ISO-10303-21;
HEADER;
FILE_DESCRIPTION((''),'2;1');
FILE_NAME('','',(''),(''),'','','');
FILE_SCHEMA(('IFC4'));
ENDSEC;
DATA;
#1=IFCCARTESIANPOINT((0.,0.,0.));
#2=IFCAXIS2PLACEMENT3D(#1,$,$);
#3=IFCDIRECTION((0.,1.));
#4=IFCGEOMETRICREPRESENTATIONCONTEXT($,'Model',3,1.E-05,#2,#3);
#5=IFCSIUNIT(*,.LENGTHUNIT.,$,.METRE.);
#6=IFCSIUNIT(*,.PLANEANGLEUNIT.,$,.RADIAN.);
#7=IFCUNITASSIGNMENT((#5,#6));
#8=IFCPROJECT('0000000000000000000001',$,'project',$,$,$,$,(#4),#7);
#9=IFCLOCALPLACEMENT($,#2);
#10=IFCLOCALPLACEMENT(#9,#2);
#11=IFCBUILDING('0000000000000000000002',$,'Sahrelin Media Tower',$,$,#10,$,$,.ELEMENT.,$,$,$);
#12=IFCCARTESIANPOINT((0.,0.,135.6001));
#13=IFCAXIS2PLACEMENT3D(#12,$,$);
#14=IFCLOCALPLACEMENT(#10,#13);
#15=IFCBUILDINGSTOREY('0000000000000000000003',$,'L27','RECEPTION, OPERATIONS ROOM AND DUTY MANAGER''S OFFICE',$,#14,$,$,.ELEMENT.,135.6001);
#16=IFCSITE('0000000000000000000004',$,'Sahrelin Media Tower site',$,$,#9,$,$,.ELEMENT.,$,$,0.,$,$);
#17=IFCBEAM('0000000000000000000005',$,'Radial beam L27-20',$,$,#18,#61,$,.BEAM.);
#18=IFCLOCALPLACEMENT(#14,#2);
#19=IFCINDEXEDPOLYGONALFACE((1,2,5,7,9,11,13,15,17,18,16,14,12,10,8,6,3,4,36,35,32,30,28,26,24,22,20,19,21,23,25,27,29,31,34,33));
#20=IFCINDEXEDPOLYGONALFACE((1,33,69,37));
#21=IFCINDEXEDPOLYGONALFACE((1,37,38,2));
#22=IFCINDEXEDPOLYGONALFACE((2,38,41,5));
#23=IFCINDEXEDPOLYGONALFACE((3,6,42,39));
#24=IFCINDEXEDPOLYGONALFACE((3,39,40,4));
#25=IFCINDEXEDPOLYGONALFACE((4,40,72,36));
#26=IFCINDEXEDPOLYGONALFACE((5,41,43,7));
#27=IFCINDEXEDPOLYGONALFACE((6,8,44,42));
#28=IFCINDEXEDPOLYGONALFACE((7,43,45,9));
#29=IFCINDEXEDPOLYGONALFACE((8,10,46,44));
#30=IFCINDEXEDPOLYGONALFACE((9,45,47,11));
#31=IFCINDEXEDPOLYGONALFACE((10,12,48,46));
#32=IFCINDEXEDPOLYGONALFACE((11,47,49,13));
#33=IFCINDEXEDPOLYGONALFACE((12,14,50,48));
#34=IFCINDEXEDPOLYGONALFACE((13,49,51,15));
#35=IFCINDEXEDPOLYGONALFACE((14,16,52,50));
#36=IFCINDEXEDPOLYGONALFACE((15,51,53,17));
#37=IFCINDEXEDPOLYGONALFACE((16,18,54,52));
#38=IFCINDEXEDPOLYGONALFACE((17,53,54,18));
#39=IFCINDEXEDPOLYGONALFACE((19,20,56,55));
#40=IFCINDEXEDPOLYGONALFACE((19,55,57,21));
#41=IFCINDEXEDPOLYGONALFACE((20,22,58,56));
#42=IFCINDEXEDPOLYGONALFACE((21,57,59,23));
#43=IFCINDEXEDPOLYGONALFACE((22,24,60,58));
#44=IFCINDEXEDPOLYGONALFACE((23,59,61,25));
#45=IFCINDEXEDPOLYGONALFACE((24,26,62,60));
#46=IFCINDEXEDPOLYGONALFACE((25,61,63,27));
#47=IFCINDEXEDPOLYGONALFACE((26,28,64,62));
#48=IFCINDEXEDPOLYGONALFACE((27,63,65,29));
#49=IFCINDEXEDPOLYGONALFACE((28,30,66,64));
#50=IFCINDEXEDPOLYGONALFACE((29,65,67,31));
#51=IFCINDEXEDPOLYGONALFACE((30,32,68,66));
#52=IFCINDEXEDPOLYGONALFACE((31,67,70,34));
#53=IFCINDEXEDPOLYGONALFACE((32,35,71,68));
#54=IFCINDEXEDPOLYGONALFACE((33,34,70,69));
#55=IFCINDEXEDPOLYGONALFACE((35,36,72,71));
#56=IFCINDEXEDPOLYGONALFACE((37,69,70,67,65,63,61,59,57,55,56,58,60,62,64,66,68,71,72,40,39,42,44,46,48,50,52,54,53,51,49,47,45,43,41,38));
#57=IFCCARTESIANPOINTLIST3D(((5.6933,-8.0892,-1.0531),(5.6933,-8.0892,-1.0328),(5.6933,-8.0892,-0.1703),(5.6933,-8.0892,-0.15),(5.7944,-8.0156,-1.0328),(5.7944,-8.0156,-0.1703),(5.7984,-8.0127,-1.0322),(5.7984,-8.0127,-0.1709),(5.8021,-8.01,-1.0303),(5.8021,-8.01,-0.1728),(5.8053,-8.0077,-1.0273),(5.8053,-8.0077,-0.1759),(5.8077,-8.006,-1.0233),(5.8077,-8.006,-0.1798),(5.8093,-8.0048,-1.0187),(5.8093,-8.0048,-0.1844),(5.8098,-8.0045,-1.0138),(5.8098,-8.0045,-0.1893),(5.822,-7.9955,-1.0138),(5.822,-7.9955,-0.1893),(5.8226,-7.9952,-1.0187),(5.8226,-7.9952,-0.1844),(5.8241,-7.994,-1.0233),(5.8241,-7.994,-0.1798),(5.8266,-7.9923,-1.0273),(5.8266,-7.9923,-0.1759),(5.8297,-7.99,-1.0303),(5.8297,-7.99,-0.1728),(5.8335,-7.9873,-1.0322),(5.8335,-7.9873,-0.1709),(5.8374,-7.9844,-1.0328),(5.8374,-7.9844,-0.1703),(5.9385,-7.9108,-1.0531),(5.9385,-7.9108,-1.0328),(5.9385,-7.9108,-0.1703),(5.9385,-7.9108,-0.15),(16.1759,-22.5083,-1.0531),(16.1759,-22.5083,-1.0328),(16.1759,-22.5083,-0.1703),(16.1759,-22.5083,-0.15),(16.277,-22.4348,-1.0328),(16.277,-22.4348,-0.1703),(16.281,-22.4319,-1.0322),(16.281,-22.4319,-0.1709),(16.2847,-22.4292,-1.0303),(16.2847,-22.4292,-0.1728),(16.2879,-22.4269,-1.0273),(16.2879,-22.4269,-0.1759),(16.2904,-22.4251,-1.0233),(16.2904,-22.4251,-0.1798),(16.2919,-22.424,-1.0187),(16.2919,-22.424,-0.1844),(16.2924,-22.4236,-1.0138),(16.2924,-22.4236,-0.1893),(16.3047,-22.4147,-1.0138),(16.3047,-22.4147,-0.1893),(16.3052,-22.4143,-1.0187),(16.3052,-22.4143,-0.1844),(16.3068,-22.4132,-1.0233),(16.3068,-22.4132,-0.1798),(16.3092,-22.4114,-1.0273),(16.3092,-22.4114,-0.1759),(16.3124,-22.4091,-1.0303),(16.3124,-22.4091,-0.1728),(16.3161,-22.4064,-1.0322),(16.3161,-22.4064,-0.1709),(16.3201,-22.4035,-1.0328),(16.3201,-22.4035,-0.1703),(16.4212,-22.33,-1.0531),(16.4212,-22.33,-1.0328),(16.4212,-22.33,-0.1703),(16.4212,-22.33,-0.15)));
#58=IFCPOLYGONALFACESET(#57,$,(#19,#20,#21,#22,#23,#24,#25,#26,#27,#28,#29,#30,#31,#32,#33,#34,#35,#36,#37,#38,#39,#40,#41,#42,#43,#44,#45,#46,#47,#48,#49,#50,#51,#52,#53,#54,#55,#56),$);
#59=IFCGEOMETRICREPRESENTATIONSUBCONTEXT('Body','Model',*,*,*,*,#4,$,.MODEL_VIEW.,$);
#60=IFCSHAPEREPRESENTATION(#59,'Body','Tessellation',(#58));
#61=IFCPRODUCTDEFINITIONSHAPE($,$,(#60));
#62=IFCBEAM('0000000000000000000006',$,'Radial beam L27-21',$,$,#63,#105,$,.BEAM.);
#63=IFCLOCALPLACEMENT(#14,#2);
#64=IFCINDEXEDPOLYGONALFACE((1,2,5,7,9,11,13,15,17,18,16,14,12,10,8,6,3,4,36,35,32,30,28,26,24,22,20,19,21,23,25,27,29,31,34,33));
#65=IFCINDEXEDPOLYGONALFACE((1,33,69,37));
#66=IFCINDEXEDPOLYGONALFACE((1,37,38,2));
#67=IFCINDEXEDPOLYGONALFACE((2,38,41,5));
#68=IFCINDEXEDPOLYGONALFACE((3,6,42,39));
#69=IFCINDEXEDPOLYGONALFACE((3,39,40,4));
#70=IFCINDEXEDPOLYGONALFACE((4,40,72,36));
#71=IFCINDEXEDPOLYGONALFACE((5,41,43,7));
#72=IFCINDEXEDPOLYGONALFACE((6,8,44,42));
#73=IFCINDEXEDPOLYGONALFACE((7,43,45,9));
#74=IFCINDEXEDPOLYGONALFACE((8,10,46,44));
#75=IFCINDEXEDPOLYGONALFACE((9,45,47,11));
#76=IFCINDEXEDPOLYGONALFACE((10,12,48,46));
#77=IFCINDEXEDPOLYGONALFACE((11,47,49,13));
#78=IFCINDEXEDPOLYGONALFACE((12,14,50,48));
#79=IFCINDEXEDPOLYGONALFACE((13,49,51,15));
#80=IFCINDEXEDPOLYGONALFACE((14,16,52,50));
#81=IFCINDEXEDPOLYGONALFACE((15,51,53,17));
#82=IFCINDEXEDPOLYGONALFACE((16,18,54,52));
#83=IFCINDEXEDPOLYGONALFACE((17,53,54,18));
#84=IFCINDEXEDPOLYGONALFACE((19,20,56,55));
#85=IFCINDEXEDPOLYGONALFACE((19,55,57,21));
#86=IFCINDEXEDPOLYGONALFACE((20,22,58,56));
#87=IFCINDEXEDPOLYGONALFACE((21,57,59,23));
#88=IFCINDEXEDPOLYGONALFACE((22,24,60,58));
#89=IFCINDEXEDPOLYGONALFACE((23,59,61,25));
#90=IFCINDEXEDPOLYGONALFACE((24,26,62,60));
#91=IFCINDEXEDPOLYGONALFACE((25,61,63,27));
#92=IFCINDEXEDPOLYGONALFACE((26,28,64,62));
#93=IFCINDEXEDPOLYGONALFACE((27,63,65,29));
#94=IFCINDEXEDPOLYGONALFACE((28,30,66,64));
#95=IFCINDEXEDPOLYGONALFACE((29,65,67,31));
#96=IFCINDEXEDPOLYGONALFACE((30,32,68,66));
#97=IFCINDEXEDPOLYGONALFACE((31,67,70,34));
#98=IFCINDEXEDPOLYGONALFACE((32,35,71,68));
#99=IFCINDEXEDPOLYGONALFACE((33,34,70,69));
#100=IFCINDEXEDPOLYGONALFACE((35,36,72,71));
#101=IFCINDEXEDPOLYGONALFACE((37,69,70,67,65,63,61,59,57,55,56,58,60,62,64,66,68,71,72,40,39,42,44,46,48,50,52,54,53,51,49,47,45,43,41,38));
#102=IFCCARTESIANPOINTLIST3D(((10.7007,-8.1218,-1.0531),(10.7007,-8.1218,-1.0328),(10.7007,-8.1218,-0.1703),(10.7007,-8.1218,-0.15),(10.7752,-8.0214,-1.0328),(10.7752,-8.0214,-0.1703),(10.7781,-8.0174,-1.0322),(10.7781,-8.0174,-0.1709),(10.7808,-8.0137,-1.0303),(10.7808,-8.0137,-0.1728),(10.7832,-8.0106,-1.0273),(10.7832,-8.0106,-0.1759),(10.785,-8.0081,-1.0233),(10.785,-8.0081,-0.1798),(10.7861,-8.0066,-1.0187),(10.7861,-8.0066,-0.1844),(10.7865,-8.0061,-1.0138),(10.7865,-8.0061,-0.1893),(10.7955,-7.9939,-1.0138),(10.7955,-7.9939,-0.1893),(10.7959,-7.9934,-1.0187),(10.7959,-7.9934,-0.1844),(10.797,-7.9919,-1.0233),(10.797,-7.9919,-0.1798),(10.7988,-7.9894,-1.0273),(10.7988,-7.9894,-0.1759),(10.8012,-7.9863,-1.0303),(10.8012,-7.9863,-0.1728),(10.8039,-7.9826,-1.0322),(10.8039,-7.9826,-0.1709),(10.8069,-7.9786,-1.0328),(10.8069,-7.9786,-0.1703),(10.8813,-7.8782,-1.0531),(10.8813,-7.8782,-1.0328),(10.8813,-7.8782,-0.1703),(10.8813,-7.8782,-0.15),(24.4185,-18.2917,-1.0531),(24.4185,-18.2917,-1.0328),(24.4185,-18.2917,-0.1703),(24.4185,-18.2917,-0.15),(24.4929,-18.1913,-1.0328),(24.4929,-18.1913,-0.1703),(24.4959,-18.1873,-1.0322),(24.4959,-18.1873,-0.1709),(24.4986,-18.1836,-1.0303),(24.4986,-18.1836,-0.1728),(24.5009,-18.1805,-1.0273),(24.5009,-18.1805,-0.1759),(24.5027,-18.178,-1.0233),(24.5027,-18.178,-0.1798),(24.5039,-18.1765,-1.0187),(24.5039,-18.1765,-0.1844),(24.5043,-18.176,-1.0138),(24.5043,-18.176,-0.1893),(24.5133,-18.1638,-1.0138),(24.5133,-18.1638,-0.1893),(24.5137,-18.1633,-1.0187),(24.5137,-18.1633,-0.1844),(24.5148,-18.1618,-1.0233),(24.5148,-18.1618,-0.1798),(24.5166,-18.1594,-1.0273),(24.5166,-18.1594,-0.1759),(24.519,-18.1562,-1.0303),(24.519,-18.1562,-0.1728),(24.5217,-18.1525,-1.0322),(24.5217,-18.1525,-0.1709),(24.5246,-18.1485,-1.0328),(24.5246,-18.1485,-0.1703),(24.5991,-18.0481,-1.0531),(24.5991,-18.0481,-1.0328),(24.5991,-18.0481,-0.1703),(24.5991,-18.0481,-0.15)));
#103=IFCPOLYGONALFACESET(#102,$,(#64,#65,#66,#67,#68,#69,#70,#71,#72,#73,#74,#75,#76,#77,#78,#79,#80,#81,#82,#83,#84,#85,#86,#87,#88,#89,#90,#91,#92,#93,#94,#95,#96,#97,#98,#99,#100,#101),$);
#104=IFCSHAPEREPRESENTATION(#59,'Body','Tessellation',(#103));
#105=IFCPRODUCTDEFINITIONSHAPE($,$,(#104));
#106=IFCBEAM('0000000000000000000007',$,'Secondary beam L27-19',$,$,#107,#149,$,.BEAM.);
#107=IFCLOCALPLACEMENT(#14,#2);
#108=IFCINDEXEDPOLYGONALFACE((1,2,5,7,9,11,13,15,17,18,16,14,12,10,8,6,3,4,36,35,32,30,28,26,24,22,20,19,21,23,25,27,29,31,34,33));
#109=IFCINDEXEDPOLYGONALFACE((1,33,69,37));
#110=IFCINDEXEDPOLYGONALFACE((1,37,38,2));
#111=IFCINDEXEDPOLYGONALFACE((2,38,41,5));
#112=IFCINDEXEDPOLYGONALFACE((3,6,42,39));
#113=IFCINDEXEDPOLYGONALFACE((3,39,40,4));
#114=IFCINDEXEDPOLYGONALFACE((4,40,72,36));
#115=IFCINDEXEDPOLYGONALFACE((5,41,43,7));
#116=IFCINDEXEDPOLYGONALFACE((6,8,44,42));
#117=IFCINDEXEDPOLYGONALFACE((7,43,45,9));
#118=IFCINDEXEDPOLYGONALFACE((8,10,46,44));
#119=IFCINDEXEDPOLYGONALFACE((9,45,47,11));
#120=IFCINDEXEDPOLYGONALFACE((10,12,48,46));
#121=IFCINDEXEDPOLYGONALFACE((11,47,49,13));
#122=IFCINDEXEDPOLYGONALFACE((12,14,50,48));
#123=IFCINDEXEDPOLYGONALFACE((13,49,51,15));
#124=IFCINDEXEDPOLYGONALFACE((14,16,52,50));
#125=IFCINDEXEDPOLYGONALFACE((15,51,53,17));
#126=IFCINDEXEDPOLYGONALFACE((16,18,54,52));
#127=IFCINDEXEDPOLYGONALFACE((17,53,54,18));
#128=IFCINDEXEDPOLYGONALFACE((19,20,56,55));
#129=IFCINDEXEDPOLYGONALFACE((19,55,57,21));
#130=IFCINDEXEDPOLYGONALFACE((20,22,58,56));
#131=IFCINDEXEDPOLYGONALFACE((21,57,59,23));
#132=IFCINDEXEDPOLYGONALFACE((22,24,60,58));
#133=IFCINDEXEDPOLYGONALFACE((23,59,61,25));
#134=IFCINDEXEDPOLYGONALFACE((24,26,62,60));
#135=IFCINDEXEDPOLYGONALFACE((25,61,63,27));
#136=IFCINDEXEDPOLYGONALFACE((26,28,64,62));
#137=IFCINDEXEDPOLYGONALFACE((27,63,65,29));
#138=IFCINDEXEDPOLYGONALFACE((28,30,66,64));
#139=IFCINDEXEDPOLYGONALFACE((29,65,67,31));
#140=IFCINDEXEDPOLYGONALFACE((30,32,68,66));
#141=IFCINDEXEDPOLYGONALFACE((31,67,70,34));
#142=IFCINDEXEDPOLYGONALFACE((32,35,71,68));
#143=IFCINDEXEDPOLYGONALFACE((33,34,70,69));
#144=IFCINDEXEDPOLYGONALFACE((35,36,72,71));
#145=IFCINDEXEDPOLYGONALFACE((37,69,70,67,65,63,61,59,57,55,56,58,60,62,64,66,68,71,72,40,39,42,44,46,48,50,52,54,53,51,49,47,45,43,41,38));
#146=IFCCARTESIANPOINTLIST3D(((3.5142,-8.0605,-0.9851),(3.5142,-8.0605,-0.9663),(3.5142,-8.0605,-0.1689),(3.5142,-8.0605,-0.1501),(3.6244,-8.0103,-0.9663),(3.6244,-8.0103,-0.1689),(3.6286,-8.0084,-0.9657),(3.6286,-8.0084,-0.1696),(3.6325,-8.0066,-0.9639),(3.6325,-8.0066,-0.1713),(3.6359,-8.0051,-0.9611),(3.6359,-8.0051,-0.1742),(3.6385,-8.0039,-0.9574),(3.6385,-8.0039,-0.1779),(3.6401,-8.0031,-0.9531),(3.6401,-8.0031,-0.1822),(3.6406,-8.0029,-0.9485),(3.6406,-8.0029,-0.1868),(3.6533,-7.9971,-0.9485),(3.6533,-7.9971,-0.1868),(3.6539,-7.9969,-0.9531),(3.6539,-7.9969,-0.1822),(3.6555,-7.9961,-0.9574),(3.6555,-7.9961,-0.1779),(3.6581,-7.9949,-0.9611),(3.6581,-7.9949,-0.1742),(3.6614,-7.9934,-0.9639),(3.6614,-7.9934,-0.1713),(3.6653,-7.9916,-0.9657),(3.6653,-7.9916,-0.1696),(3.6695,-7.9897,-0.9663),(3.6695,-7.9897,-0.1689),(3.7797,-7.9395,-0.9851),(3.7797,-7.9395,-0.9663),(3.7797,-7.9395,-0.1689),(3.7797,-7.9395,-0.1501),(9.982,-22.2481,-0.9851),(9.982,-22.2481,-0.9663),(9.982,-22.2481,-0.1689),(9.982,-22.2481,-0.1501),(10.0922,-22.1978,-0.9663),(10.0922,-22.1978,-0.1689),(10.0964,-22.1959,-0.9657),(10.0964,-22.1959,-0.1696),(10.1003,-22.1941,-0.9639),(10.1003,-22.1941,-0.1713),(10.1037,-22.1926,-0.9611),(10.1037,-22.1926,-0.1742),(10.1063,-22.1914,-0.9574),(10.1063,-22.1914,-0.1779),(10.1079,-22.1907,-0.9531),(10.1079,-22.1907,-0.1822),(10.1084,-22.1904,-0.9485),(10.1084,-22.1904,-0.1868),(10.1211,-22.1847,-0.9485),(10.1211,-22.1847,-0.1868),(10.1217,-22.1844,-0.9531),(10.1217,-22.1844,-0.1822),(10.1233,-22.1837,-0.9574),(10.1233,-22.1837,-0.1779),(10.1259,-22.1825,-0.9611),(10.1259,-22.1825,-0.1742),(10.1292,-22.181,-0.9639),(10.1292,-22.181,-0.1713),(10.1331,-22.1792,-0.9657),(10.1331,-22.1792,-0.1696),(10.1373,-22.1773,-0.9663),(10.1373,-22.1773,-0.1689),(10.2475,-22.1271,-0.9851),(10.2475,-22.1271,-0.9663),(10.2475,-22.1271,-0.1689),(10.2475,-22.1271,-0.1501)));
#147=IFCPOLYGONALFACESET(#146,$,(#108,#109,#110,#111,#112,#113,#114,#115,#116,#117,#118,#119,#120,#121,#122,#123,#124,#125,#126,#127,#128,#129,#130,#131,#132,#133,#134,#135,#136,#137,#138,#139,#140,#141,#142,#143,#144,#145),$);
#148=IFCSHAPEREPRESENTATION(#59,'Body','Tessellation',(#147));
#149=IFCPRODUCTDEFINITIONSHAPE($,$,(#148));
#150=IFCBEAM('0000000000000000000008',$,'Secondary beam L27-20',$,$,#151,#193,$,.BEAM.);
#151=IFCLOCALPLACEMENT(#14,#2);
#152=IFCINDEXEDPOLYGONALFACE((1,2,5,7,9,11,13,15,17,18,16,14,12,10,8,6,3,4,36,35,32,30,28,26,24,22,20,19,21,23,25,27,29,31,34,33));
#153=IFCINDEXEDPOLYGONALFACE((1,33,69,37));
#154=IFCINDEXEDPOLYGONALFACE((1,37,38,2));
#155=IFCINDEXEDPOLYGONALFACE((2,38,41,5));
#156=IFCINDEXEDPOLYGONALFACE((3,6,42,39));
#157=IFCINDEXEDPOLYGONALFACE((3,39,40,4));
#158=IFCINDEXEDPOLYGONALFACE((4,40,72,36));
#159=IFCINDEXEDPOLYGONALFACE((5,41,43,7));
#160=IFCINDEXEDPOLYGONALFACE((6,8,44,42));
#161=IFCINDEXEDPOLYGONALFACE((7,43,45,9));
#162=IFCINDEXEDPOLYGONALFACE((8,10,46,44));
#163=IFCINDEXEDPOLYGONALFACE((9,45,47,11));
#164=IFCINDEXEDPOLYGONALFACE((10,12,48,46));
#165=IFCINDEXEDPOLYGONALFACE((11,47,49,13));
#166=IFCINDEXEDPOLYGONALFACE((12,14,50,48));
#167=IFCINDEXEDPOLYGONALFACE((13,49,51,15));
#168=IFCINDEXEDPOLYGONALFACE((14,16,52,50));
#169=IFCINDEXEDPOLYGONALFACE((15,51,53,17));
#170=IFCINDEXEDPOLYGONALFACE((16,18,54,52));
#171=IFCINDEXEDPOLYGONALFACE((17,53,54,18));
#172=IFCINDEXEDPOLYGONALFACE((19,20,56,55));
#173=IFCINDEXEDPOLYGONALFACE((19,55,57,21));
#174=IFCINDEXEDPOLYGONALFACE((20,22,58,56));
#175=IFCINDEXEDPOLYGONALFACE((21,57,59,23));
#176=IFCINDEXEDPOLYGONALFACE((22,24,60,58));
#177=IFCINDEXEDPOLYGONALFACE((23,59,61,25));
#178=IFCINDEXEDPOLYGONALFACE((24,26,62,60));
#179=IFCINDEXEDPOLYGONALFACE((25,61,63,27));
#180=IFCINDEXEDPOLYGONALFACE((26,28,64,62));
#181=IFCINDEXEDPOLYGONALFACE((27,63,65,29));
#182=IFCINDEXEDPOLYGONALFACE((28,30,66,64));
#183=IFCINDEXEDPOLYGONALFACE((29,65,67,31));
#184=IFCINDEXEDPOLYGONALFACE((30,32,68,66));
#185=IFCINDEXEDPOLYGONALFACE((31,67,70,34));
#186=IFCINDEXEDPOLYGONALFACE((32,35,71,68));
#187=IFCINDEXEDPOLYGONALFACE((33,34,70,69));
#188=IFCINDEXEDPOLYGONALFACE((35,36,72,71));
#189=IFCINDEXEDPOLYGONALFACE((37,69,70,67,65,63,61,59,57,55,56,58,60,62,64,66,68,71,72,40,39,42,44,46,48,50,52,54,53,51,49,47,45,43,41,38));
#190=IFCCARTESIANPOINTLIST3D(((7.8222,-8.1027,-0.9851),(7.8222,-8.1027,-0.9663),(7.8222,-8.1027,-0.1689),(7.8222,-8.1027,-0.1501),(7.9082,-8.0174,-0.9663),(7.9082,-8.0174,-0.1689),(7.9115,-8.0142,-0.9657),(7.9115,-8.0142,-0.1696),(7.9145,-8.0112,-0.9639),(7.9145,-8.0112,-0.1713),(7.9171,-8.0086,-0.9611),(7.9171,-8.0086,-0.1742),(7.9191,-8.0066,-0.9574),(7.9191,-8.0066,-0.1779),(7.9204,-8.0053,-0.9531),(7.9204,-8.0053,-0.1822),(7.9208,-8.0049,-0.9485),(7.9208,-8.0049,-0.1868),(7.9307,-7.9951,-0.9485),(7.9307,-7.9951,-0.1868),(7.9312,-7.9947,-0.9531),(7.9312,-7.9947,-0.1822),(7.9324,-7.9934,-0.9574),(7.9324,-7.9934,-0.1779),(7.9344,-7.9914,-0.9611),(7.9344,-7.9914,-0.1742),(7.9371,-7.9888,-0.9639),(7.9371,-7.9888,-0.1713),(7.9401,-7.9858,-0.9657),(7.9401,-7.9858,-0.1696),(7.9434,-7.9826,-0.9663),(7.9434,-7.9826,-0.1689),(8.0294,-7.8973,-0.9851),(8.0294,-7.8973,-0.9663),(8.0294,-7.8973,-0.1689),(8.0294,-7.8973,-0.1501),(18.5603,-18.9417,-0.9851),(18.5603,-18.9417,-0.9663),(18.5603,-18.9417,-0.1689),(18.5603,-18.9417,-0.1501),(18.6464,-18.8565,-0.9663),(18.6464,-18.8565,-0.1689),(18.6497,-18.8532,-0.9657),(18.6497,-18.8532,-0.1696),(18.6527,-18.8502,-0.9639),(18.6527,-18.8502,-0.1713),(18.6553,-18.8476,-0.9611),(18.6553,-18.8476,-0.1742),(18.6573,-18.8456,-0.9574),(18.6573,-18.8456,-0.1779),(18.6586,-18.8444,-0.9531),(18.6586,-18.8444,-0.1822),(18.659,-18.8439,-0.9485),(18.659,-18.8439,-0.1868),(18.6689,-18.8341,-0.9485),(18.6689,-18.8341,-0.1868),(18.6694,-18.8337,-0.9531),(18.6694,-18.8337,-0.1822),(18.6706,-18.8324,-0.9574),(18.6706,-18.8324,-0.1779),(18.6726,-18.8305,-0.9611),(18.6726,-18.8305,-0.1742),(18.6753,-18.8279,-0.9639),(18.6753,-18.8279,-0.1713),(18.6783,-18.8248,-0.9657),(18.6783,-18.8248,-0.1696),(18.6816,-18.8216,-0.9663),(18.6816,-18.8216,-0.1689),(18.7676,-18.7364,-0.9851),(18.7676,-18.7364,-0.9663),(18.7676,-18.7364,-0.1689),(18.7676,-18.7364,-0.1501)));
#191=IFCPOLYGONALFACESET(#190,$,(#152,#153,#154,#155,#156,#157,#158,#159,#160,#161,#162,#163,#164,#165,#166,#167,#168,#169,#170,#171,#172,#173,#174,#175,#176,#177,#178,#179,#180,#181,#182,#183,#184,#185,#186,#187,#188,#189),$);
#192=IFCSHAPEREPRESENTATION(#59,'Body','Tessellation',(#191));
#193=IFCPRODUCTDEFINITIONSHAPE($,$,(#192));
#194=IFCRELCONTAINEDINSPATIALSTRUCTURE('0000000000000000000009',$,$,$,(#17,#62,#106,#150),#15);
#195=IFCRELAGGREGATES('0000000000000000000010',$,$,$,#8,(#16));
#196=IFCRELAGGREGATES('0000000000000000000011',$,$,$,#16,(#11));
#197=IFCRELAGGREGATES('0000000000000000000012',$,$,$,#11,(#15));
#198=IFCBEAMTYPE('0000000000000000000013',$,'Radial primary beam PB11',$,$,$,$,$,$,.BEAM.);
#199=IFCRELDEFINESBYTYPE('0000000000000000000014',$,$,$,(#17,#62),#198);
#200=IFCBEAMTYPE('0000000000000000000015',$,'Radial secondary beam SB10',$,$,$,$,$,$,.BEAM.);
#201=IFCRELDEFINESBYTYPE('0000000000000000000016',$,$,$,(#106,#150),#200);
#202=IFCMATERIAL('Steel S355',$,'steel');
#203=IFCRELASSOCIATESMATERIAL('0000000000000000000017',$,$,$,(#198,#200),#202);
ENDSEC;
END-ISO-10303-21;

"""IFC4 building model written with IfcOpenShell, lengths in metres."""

from ifc_helpers import new_model, si_unit, direction, frame, origin, origin_2d, place, context, subcontext, project, spatial, i_section, extrude, material, material_profile, profile_set, type_object, element, save


model = new_model("IFC4")

# Units and contexts
model_context = context("Model", 3, precision=1e-05, world=origin(), true_north=direction((0.0, 1.0)))
body_context = subcontext(model_context, "Body", "Model", "MODEL_VIEW")
ifc_project = project(units=[si_unit("LENGTHUNIT", "METRE"), si_unit("PLANEANGLEUNIT", "RADIAN")], contexts=[model_context])

# Site, building, storey
site_placement = place(None, origin())
site = spatial("IfcSite", under=ifc_project, at=site_placement, Name="Sahrelin Media Tower site", CompositionType="ELEMENT", RefElevation=0.0)
building_placement = place(site_placement, origin())
building = spatial("IfcBuilding", under=site, at=building_placement, Name="Sahrelin Media Tower", CompositionType="ELEMENT")
storey_placement = place(building_placement, frame((0.0, 0.0, 135.6001)))
storey = spatial("IfcBuildingStorey", under=building, at=storey_placement, Name="L27", Description="RECEPTION, OPERATIONS ROOM AND DUTY MANAGER'S OFFICE", CompositionType="ELEMENT", Elevation=135.6001)

# Shared definitions
ifc_material_1 = material(Name="Steel S355", Category="steel")

# Beams
ifc_material_profile_1 = material_profile(ifc_material_1, i_section(OverallWidth=0.3032, OverallDepth=0.9031, WebThickness=0.0151, FlangeThickness=0.0203, FilletRadius=0.019, at=origin_2d()), Name="UB 914x305x201")
ifc_profile_set_1 = profile_set([ifc_material_profile_1], Name="Steel S355")
beam_type_1 = type_object("IfcBeamType", Name="Radial primary beam PB11", PredefinedType="BEAM", material=ifc_profile_set_1)
beam_1_placement = place(storey_placement, frame((5.8159, -8.0, -0.6016), z_axis=(0.588024, -0.808843, 0.0), x_axis=(0.808843, 0.588024, 0.0)))
element("IfcBeam", 1, at=beam_1_placement, inside=storey, type_object=beam_type_1, Name="Radial beam L27-20", PredefinedType="BEAM", context=body_context, shape_type="SweptSolid", body=[
    extrude(i_section(OverallWidth=0.3032, OverallDepth=0.9031, WebThickness=0.0151, FlangeThickness=0.0203, FilletRadius=0.019, at=origin_2d()), origin(), (0.0, 0.0, 1.0), 17.8269),
])
beam_2_placement = place(storey_placement, frame((10.791, -8.0, -0.6016), z_axis=(0.803316, -0.595553, 0.0), x_axis=(0.595553, 0.803316, 0.0)))
element("IfcBeam", 2, at=beam_2_placement, inside=storey, type_object=beam_type_1, Name="Radial beam L27-21", PredefinedType="BEAM", context=body_context, shape_type="SweptSolid", body=[
    extrude(i_section(OverallWidth=0.3032, OverallDepth=0.9031, WebThickness=0.0151, FlangeThickness=0.0203, FilletRadius=0.019, at=origin_2d()), origin(), (0.0, 0.0, 1.0), 17.0764),
])
ifc_material_profile_2 = material_profile(ifc_material_1, i_section(OverallWidth=0.2917, OverallDepth=0.835, WebThickness=0.0139, FlangeThickness=0.0188, FilletRadius=0.0178, at=origin_2d()), Name="UB 838x292x176")
ifc_profile_set_2 = profile_set([ifc_material_profile_2], Name="Steel S355")
beam_type_2 = type_object("IfcBeamType", Name="Radial secondary beam SB10", PredefinedType="BEAM", material=ifc_profile_set_2)
beam_3_placement = place(storey_placement, frame((3.647, -8.0, -0.5676), z_axis=(0.414808, -0.909909, 0.0), x_axis=(0.909909, 0.414808, 0.0)))
element("IfcBeam", 3, at=beam_3_placement, inside=storey, type_object=beam_type_2, Name="Secondary beam L27-19", PredefinedType="BEAM", context=body_context, shape_type="SweptSolid", body=[
    extrude(i_section(OverallWidth=0.2917, OverallDepth=0.835, WebThickness=0.0139, FlangeThickness=0.0188, FilletRadius=0.0178, at=origin_2d()), origin(), (0.0, 0.0, 1.0), 15.5923),
])
beam_4_placement = place(storey_placement, frame((7.9258, -8.0, -0.5676), z_axis=(0.703795, -0.710403, 0.0), x_axis=(0.710403, 0.703795, 0.0)))
element("IfcBeam", 4, at=beam_4_placement, inside=storey, type_object=beam_type_2, Name="Secondary beam L27-20", PredefinedType="BEAM", context=body_context, shape_type="SweptSolid", body=[
    extrude(i_section(OverallWidth=0.2917, OverallDepth=0.835, WebThickness=0.0139, FlangeThickness=0.0188, FilletRadius=0.0178, at=origin_2d()), origin(), (0.0, 0.0, 1.0), 15.2576),
])

save(model, "model.ifc")
